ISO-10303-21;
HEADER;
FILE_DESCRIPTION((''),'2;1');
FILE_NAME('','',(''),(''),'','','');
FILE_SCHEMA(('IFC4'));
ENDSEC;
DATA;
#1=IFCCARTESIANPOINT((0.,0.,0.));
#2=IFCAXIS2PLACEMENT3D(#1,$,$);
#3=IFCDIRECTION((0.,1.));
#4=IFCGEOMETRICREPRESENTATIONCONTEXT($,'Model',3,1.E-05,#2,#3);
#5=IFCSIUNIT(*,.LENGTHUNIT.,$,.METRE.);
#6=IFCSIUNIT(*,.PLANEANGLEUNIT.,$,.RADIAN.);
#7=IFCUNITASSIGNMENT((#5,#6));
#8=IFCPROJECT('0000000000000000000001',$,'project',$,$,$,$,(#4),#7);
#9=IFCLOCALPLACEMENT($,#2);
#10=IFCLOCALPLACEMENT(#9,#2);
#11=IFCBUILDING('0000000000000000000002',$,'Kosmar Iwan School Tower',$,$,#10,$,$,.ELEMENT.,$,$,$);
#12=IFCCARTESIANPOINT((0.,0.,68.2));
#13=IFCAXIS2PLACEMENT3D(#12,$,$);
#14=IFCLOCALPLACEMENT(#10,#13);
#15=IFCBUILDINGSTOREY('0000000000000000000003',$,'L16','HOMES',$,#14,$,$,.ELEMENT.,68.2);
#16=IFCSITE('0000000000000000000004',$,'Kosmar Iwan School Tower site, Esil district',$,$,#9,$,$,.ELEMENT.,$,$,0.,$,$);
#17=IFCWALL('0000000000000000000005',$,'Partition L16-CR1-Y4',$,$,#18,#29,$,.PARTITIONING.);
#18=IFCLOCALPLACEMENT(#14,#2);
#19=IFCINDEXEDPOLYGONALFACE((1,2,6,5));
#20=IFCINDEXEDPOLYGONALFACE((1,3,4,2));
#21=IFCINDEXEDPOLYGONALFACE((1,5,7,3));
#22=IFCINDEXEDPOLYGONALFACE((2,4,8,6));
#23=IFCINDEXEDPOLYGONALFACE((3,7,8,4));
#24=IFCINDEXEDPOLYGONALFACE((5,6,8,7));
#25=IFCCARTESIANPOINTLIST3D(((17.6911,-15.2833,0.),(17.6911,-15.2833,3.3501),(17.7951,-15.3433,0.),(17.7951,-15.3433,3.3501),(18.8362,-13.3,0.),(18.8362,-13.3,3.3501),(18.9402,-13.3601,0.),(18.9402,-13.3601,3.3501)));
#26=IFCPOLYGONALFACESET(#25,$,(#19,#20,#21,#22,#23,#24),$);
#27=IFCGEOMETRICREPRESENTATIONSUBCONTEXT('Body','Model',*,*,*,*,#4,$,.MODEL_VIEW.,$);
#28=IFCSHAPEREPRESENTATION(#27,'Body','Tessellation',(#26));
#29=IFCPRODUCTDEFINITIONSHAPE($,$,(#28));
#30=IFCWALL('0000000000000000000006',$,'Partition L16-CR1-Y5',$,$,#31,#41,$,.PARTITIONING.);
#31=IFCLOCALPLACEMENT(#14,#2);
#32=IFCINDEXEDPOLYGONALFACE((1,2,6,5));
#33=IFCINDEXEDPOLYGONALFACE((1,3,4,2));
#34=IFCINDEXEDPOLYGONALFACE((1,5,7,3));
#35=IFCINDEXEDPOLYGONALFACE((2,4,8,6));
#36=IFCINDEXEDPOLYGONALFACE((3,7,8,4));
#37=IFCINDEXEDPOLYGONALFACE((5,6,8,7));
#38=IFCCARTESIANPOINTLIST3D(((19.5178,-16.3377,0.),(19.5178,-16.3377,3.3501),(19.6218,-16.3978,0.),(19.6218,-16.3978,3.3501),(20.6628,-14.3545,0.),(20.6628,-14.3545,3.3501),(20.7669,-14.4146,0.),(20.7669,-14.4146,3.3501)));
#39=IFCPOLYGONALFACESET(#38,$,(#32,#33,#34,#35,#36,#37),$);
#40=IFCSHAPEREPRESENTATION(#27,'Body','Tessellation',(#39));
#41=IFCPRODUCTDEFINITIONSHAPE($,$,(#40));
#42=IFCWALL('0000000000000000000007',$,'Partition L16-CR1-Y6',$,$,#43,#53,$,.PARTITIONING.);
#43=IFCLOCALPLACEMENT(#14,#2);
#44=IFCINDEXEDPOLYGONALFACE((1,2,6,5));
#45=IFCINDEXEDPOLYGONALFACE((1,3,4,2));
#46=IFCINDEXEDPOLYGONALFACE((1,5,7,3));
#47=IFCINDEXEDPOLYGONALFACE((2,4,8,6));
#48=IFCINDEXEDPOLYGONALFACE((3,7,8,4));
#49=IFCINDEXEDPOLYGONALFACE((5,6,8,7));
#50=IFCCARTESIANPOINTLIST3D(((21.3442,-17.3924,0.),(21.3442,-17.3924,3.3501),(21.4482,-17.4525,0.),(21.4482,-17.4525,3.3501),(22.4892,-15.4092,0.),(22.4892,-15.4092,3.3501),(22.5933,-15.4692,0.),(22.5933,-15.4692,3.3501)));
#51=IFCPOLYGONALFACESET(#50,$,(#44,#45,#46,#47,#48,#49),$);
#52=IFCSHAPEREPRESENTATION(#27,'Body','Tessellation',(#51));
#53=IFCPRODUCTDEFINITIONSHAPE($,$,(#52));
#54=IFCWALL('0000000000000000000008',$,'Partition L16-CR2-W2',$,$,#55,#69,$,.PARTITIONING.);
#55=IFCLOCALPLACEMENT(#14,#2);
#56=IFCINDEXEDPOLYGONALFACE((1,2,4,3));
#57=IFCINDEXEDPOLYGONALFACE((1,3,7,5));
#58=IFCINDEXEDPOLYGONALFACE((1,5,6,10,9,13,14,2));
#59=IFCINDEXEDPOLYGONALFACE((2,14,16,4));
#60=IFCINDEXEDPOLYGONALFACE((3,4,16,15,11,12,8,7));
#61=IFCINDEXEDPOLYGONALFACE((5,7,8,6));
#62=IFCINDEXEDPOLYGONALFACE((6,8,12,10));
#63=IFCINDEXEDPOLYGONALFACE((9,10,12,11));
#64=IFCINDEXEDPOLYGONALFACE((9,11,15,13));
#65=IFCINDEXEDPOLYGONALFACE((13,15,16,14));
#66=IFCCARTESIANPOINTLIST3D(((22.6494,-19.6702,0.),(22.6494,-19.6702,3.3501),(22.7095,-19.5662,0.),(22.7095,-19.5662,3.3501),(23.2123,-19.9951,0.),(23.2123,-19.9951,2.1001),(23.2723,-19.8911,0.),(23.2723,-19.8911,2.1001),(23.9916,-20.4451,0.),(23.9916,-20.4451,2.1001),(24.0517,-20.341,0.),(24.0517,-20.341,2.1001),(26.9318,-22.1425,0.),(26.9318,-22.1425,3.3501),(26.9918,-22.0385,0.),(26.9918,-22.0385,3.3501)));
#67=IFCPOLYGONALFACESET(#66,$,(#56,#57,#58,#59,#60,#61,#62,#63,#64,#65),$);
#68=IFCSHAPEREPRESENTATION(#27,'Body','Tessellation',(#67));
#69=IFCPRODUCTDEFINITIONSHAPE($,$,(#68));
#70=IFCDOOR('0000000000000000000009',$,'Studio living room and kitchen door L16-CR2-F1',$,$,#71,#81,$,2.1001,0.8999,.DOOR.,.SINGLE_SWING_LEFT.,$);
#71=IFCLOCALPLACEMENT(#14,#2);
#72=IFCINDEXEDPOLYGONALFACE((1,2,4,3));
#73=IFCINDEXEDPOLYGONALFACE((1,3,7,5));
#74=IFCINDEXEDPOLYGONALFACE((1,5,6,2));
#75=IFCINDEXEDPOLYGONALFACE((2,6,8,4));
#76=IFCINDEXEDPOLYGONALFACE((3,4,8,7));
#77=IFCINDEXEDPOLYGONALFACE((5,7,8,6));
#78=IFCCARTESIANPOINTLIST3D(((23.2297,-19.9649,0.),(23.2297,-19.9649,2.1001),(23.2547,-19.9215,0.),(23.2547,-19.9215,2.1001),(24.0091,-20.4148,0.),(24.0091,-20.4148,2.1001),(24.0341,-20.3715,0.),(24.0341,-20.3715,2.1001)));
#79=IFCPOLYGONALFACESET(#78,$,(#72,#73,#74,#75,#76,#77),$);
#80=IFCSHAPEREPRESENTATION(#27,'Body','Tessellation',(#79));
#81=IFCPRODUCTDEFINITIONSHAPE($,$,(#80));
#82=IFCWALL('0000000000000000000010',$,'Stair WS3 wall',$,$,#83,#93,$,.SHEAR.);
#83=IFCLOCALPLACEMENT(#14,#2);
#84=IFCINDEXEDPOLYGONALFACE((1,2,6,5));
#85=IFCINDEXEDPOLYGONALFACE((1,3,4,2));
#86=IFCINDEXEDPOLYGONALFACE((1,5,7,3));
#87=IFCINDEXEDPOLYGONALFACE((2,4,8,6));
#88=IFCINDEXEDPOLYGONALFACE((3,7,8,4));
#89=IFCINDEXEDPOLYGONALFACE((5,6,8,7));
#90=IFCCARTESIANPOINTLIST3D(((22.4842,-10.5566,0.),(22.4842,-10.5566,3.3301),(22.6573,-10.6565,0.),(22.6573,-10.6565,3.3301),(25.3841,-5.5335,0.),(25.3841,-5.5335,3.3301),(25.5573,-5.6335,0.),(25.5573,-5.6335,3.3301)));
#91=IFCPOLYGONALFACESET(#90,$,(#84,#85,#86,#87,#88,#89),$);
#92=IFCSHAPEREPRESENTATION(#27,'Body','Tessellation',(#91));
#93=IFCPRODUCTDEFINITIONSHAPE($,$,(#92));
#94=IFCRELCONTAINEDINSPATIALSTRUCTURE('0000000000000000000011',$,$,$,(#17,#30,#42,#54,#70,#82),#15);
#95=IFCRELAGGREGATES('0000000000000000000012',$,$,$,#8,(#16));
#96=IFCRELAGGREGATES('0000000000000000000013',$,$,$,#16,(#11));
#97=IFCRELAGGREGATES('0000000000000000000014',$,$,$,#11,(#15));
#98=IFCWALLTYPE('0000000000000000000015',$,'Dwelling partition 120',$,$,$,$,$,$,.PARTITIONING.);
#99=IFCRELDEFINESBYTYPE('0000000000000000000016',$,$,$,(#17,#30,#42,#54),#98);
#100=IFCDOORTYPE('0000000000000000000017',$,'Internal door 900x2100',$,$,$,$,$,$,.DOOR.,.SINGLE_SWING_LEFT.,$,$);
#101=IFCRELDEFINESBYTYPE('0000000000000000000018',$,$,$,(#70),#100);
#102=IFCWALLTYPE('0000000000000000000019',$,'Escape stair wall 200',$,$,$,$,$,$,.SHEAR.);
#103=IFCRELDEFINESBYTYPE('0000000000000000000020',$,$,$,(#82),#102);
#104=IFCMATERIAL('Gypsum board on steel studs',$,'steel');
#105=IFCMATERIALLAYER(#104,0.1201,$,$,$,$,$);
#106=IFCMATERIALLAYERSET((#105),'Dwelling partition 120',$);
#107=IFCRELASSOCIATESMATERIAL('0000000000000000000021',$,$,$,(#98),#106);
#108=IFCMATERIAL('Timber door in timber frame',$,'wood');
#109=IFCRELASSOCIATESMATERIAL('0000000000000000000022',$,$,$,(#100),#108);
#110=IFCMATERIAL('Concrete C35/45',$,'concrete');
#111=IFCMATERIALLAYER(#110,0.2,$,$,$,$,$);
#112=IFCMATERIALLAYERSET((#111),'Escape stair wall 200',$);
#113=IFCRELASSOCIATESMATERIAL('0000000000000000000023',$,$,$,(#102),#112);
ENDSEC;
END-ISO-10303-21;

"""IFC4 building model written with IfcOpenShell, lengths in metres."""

from ifc_helpers import new_model, si_unit, direction, frame, frame_2d, origin, place, context, subcontext, project, spatial, rectangle, extrude, material, layer, layer_set, type_object, element, fill, save


model = new_model("IFC4")

# Units and contexts
model_context = context("Model", 3, precision=1e-05, world=origin(), true_north=direction((0.0, 1.0)))
body_context = subcontext(model_context, "Body", "Model", "MODEL_VIEW")
ifc_project = project(units=[si_unit("LENGTHUNIT", "METRE"), si_unit("PLANEANGLEUNIT", "RADIAN")], contexts=[model_context])

# Site, building, storey
site_placement = place(None, origin())
site = spatial("IfcSite", under=ifc_project, at=site_placement, Name="Kosmar Iwan School Tower site, Esil district", CompositionType="ELEMENT", RefElevation=0.0)
building_placement = place(site_placement, origin())
building = spatial("IfcBuilding", under=site, at=building_placement, Name="Kosmar Iwan School Tower", CompositionType="ELEMENT")
storey_placement = place(building_placement, frame((0.0, 0.0, 68.2)))
storey = spatial("IfcBuildingStorey", under=building, at=storey_placement, Name="L16", Description="HOMES", CompositionType="ELEMENT", Elevation=68.2)

# Walls
ifc_material_1 = material(Name="Gypsum board on steel studs", Category="steel")
ifc_layer_1 = layer(ifc_material_1, 0.1201)
ifc_layer_set_1 = layer_set([ifc_layer_1], Name="Dwelling partition 120")
wall_type_1 = type_object("IfcWallType", Name="Dwelling partition 120", PredefinedType="PARTITIONING", material=ifc_layer_set_1)
for number, where, z_axis, x_axis, name in (
    (1, (18.8882, -13.3301, 0.0), (0.0, 0.0, 1.0), (-0.500015, -0.866017, 0.0), "Partition L16-CR1-Y4"),
    (2, (20.7148, -14.3845, 0.0), (0.0, 0.0, 1.0), (-0.500015, -0.866017, 0.0), "Partition L16-CR1-Y5"),
    (3, (22.5413, -15.4392, 0.0), (0.0, 0.0, 1.0), (-0.500015, -0.866017, 0.0), "Partition L16-CR1-Y6"),
):
    element("IfcWall", number, at=place(storey_placement, frame(where, z_axis=z_axis, x_axis=x_axis)), inside=storey, type_object=wall_type_1, Name=name, PredefinedType="PARTITIONING", context=body_context, shape_type="SweptSolid", body=[
        extrude(rectangle(XDim=2.29, YDim=0.1201, at=frame_2d((1.145, 0.0))), origin(), (0.0, 0.0, 1.0), 3.3501),
    ])

# Wall, opening, door
wall_1_placement = place(storey_placement, frame((22.6794, -19.6182, 0.0), z_axis=(0.0, 0.0, 1.0), x_axis=(0.866032, -0.499989, 0.0)))
wall_1 = element("IfcWall", 4, at=wall_1_placement, inside=storey, type_object=wall_type_1, Name="Partition L16-CR2-W2", PredefinedType="PARTITIONING", context=body_context, shape_type="SweptSolid", body=[
    extrude(rectangle(XDim=4.9448, YDim=0.1201, at=frame_2d((2.4724, 0.0))), origin(), (0.0, 0.0, 1.0), 3.3501),
])
opening_1_placement = place(wall_1_placement, frame((0.6499, 0.0, 0.0)))
opening_1 = element("IfcOpeningElement", 5, at=opening_1_placement, cuts=wall_1, PredefinedType="OPENING", context=body_context, shape_type="SweptSolid", body=[
    extrude(rectangle(XDim=0.8999, YDim=2.1001, at=frame_2d((0.45, 1.05))), frame((0.0, 0.072, 0.0), z_axis=(0.0, -1.0, 0.0), x_axis=(1.0, 0.0, 0.0)), (0.0, 0.0, 1.0), 0.144),
])
ifc_material_2 = material(Name="Timber door in timber frame", Category="wood")
door_type_1 = type_object("IfcDoorType", Name="Internal door 900x2100", OperationType="SINGLE_SWING_LEFT", PredefinedType="DOOR", material=ifc_material_2)
door_1_placement = place(opening_1_placement, origin())
door_1 = element("IfcDoor", 6, at=door_1_placement, inside=storey, type_object=door_type_1, Name="Studio living room and kitchen door L16-CR2-F1", OperationType="SINGLE_SWING_LEFT", OverallHeight=2.1001, OverallWidth=0.8999, PredefinedType="DOOR", context=body_context, shape_type="SweptSolid", body=[
    extrude(rectangle(XDim=0.8999, YDim=2.1001, at=frame_2d((0.45, 1.05))), frame((0.0, 0.0249, 0.0), z_axis=(0.0, -1.0, 0.0), x_axis=(1.0, 0.0, 0.0)), (0.0, 0.0, 1.0), 0.05),
])
fill(opening_1, door_1)

# Wall
ifc_material_3 = material(Name="Concrete C35/45", Category="concrete")
ifc_layer_2 = layer(ifc_material_3, 0.2)
ifc_layer_set_2 = layer_set([ifc_layer_2], Name="Escape stair wall 200")
wall_type_2 = type_object("IfcWallType", Name="Escape stair wall 200", PredefinedType="SHEAR", material=ifc_layer_set_2)
wall_2_placement = place(storey_placement, frame((22.5708, -10.6064, 0.0), z_axis=(0.0, 0.0, 1.0), x_axis=(0.499987, 0.866033, 0.0)))
element("IfcWall", 7, at=wall_2_placement, inside=storey, type_object=wall_type_2, Name="Stair WS3 wall", PredefinedType="SHEAR", context=body_context, shape_type="SweptSolid", body=[
    extrude(rectangle(XDim=5.8, YDim=0.2, at=frame_2d((2.8999, 0.0))), origin(), (0.0, 0.0, 1.0), 3.3301),
])

save(model, "model.ifc")
